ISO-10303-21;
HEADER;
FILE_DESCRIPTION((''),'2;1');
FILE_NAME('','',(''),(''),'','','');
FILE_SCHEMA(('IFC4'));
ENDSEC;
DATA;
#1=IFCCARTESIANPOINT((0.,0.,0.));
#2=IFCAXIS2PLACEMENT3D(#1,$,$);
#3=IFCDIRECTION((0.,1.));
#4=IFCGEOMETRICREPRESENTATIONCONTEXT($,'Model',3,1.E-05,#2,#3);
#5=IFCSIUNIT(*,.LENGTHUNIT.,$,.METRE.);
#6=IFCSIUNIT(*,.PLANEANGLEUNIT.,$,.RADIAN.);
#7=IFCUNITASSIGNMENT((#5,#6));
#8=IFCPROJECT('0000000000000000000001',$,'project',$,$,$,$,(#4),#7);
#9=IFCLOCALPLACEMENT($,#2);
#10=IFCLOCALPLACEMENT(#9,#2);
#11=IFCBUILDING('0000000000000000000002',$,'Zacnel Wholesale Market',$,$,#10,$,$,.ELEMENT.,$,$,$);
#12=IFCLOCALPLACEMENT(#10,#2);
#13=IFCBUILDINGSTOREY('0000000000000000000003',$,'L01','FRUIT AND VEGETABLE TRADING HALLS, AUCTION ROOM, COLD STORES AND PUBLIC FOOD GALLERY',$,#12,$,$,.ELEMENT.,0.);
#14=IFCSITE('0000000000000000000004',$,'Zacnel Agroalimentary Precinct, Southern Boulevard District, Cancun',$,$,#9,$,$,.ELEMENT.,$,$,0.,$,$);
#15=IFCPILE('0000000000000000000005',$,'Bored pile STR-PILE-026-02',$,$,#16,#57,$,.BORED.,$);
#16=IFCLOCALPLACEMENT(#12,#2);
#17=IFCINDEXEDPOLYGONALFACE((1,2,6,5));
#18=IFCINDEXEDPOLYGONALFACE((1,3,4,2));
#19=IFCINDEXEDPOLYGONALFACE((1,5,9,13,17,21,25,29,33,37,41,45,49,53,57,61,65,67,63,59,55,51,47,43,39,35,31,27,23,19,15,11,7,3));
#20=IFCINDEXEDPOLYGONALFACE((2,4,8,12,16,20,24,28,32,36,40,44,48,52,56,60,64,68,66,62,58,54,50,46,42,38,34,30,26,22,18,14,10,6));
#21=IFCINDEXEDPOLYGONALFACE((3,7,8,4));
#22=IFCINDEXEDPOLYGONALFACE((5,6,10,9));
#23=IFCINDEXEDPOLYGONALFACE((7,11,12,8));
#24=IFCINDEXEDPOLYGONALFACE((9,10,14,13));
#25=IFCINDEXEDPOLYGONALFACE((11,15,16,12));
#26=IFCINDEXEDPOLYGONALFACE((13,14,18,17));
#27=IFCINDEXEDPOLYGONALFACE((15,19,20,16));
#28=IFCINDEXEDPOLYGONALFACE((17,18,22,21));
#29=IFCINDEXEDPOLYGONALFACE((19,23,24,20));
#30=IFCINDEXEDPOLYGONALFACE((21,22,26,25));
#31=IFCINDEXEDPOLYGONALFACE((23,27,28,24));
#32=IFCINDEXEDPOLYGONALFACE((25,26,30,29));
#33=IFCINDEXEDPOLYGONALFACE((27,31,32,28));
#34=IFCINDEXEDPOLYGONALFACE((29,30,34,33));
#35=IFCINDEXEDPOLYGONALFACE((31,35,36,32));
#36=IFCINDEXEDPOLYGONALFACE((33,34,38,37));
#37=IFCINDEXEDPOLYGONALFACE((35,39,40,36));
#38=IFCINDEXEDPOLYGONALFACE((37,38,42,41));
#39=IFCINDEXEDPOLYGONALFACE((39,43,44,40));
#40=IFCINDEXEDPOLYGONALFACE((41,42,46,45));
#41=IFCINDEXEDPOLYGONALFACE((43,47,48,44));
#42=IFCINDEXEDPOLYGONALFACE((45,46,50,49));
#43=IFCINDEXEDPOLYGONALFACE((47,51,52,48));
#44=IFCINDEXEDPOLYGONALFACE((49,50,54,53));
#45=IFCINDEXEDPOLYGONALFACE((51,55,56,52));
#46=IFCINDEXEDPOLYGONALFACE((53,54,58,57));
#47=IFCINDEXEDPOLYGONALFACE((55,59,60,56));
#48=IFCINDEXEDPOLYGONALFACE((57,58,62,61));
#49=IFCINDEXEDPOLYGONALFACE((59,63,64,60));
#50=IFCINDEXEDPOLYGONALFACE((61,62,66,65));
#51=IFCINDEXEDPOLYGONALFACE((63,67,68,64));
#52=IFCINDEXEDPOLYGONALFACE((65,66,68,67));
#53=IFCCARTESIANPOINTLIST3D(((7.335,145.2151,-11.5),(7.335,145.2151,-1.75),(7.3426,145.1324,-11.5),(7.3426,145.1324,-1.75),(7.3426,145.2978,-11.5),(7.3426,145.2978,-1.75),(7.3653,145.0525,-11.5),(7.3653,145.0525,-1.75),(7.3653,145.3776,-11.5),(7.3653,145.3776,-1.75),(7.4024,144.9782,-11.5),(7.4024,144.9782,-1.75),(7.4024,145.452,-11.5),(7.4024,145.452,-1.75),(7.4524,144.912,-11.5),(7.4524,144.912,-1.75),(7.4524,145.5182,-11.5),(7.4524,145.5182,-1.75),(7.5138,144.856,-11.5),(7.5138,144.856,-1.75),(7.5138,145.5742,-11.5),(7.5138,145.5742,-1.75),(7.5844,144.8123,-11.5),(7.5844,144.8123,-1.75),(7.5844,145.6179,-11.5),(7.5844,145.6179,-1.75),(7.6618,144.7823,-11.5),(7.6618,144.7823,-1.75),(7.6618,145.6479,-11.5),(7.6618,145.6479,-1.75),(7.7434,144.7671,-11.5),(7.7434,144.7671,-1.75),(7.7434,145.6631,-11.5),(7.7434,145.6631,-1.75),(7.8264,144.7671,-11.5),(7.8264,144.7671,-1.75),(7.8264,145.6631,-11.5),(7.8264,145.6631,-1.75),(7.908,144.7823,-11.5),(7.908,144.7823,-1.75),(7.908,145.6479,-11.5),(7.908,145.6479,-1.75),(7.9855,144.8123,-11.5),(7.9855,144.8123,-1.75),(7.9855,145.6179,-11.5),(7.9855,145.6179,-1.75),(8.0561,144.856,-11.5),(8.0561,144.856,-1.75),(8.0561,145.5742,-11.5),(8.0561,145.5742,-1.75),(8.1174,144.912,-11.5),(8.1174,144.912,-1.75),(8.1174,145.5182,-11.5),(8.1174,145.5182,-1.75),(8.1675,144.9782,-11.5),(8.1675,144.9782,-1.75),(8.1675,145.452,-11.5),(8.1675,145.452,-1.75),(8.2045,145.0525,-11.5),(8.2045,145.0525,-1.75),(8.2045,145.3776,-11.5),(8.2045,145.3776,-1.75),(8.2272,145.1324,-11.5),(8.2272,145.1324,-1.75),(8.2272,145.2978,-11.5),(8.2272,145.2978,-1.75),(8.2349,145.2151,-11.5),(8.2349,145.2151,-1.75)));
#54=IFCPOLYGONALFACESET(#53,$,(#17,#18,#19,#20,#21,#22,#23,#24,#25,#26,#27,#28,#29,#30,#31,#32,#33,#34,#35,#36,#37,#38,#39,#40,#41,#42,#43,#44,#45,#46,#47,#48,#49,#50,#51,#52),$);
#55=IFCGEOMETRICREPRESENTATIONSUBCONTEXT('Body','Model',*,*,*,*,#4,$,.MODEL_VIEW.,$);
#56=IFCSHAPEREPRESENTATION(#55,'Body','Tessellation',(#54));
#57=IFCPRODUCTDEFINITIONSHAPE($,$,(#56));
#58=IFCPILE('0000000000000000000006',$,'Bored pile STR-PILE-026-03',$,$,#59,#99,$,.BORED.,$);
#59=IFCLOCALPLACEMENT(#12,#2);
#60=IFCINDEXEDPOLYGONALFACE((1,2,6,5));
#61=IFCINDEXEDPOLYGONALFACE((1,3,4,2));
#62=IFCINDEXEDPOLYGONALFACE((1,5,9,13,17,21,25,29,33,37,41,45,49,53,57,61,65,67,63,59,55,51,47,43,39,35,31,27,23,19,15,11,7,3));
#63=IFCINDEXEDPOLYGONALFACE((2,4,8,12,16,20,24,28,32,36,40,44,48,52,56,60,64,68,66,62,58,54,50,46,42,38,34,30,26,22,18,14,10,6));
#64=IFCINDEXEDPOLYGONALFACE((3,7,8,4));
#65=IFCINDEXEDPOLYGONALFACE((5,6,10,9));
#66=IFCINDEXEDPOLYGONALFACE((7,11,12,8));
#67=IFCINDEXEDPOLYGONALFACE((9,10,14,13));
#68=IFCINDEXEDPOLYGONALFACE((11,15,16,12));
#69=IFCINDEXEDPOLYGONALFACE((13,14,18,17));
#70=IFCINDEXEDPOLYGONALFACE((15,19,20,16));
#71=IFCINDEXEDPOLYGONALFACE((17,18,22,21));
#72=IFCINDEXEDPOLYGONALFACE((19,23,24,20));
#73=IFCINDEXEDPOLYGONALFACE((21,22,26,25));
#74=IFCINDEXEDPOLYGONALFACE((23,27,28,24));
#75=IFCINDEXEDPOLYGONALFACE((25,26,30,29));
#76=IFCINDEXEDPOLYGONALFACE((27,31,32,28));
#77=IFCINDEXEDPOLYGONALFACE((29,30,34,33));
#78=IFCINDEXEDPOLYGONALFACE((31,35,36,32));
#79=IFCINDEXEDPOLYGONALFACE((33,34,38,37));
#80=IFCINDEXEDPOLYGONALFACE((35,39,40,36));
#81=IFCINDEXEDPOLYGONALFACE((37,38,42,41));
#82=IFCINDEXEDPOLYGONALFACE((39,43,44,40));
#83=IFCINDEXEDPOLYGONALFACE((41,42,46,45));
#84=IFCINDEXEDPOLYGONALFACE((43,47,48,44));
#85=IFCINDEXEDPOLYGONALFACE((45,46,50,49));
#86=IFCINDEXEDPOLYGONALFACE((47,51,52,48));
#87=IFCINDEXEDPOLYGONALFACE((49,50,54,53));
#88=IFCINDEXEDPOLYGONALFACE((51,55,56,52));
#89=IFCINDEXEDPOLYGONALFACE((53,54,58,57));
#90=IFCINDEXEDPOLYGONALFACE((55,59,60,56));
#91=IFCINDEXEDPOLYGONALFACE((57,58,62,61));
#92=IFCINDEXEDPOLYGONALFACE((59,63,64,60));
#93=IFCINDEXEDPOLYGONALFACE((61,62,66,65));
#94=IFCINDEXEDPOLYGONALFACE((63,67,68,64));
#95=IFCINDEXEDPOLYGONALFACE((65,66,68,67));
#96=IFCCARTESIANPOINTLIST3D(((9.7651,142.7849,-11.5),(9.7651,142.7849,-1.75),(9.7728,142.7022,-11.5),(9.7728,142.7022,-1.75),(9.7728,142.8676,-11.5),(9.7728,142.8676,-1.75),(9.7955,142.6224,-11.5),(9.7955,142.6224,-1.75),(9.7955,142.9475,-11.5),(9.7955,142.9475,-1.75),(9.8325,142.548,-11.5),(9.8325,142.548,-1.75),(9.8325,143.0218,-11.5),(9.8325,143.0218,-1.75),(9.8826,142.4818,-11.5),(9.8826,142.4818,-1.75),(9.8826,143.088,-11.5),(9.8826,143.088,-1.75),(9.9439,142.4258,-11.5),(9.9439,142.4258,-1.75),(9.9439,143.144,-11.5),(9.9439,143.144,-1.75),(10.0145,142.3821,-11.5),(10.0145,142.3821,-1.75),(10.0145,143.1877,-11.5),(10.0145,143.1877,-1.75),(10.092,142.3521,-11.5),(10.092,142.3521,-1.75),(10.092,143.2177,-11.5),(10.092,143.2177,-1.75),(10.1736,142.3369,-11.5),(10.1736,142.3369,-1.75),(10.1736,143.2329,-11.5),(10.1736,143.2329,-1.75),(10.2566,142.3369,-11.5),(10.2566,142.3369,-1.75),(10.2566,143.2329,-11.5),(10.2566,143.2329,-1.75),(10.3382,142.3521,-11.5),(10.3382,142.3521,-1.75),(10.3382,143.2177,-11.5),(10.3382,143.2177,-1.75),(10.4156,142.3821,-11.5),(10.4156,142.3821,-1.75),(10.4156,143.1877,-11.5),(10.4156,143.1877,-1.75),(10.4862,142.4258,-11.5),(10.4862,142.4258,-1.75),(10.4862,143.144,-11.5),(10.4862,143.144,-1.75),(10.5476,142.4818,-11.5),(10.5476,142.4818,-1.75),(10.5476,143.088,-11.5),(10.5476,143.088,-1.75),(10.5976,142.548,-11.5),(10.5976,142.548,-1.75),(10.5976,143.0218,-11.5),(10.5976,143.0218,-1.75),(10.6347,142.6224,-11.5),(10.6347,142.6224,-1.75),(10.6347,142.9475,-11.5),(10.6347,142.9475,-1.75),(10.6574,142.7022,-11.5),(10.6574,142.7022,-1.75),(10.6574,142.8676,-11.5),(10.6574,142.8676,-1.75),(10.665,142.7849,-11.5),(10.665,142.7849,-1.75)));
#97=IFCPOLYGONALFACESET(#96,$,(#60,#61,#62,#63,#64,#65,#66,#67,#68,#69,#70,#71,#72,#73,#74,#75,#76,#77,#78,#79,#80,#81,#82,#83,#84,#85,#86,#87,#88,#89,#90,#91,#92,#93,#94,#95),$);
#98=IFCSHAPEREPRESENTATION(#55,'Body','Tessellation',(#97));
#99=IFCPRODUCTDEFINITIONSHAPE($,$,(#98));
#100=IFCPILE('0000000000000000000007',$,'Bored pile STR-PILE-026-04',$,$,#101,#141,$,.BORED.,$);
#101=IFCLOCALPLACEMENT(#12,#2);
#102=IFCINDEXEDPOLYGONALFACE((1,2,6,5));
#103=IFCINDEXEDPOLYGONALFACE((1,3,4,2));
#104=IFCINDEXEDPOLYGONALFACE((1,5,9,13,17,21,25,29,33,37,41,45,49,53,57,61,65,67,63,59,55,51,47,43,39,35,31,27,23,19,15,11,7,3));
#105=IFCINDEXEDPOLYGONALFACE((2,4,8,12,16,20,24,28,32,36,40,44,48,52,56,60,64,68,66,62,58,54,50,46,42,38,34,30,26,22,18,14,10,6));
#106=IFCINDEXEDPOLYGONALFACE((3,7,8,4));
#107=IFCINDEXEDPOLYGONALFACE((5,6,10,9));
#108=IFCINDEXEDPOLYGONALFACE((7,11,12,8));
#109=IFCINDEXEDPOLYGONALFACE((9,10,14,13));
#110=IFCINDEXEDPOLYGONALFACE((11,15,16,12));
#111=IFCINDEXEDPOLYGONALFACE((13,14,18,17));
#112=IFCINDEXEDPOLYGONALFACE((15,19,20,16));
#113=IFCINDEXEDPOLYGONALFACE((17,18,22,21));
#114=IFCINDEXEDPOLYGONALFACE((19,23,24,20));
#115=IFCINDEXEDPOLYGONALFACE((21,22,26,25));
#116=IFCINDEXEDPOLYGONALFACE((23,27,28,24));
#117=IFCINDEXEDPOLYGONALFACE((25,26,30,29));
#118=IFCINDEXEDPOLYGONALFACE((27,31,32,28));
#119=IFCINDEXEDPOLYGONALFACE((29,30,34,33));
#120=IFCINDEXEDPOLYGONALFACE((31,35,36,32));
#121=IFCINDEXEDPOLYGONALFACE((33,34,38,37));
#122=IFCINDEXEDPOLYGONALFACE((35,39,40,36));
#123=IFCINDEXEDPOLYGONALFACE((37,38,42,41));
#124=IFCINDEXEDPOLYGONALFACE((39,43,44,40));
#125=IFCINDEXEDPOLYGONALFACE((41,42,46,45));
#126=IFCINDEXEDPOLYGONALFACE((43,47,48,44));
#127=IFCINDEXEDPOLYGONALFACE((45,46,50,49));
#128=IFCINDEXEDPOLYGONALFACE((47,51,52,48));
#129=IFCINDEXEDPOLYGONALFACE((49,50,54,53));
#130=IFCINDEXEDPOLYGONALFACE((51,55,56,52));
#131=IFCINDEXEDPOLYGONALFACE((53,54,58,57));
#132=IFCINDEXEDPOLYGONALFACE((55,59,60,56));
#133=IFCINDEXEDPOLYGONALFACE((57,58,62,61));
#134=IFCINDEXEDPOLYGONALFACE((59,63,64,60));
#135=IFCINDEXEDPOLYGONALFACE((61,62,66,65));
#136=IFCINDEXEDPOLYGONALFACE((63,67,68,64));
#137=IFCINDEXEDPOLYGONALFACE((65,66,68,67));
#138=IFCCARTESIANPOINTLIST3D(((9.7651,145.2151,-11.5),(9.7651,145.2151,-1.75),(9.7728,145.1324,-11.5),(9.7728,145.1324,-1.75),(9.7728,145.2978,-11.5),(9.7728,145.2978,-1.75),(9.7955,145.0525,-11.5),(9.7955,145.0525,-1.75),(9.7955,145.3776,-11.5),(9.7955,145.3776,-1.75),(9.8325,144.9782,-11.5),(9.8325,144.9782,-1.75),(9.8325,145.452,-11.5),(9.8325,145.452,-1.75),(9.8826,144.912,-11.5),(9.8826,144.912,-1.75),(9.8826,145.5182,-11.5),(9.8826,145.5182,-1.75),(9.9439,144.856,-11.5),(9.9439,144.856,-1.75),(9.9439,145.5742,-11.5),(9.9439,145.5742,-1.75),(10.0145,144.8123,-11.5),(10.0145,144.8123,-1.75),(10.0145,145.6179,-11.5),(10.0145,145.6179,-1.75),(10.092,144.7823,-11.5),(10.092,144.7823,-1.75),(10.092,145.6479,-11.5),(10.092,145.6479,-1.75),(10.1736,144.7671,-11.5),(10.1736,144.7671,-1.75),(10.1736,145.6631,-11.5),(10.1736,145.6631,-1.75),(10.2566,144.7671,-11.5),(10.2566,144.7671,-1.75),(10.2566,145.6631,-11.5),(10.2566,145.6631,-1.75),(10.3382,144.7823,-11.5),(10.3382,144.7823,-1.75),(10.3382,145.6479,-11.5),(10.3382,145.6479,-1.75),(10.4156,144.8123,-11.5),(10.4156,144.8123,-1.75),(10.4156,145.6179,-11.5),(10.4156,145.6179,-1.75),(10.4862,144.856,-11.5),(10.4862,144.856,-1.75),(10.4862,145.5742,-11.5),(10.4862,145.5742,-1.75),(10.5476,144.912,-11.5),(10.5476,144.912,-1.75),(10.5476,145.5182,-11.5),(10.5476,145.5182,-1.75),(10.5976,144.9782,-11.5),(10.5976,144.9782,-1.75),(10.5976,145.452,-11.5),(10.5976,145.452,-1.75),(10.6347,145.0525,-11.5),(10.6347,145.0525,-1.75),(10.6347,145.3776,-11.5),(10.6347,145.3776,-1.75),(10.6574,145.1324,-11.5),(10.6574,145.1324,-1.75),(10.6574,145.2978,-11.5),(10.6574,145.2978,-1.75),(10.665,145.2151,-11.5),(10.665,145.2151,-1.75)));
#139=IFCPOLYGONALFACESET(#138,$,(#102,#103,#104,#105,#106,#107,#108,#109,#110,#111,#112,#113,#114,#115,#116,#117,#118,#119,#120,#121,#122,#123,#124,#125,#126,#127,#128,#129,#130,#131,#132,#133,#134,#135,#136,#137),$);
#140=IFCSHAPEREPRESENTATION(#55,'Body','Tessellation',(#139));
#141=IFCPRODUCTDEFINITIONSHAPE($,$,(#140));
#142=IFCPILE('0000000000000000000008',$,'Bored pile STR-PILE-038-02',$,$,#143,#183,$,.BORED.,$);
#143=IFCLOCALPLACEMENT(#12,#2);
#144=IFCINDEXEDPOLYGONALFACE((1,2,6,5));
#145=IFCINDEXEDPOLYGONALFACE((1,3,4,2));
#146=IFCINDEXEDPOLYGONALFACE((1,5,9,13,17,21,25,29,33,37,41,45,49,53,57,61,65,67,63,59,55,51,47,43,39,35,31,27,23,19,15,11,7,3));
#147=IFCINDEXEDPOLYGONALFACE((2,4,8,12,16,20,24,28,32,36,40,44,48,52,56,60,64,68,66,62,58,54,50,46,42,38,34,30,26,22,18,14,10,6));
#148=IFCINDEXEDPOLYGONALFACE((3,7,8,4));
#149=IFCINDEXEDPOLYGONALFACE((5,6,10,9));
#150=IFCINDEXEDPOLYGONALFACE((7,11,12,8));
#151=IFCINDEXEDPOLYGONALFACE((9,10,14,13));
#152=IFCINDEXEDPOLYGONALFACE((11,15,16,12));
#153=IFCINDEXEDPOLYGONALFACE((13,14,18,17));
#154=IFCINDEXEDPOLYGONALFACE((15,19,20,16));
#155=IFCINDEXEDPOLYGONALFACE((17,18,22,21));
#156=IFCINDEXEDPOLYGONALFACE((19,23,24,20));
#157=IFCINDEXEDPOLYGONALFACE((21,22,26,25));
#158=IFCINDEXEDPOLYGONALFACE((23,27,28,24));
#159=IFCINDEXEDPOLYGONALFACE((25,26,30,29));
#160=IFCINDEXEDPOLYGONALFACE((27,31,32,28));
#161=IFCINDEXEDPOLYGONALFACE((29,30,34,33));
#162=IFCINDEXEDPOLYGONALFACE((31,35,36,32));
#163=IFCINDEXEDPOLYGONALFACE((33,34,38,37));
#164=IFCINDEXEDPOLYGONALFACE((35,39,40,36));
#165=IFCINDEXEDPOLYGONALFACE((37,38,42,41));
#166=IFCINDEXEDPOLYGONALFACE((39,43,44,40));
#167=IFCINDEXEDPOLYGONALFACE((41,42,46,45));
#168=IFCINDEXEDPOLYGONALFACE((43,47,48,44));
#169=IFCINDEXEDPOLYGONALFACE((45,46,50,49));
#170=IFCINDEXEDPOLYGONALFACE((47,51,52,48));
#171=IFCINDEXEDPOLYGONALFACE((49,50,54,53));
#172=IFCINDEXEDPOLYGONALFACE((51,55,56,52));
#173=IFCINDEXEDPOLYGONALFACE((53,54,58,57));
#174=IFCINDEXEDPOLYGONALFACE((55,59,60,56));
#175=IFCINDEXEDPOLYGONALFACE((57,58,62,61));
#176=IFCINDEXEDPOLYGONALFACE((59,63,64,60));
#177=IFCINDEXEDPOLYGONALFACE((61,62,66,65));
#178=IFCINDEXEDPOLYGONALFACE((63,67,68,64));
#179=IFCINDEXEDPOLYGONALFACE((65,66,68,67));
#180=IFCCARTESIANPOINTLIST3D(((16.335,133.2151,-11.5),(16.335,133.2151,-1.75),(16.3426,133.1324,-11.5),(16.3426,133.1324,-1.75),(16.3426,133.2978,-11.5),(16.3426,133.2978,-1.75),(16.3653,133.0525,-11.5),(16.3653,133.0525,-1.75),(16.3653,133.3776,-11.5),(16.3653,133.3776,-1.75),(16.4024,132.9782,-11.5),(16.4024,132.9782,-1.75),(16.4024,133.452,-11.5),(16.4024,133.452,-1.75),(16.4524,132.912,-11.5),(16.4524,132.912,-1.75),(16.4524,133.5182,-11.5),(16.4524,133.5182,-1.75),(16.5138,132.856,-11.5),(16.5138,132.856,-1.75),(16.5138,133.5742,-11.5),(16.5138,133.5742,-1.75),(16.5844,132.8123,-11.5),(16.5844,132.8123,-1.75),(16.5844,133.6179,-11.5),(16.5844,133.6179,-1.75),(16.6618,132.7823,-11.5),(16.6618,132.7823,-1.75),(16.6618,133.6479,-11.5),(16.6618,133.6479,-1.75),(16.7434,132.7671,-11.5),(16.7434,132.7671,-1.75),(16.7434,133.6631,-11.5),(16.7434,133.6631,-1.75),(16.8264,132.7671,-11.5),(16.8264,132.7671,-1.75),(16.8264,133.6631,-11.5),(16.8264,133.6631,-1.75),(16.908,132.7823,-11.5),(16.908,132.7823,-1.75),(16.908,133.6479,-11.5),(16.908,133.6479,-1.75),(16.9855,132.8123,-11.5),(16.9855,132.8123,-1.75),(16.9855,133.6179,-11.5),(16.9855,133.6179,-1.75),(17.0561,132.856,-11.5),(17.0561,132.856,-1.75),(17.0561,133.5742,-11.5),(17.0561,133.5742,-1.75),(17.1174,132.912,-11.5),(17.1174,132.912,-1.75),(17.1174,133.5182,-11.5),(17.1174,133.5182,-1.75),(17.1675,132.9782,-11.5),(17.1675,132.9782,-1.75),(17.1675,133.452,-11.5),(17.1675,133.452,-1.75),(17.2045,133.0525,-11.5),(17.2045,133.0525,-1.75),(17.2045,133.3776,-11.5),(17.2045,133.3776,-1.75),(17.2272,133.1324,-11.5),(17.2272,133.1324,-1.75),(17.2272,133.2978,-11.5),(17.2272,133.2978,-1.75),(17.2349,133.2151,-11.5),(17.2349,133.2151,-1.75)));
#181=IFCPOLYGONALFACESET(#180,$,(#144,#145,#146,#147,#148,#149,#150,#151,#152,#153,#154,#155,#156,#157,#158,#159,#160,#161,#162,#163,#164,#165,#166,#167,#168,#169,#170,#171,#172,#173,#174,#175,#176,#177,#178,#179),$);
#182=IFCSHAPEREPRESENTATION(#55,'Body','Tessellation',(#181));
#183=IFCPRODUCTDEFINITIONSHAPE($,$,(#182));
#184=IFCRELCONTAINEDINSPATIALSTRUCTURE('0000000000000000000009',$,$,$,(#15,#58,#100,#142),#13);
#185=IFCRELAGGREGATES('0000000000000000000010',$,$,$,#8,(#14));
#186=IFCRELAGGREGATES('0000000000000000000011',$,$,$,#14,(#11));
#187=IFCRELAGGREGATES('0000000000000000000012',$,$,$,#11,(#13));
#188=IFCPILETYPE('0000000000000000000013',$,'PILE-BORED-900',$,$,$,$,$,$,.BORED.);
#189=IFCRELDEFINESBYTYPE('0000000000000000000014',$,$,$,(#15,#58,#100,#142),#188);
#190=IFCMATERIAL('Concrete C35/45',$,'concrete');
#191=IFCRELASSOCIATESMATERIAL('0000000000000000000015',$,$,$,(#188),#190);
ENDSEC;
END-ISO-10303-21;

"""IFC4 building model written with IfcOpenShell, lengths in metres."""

from ifc_helpers import new_model, si_unit, direction, frame, origin, origin_2d, place, context, subcontext, project, spatial, circle, extrude, material, material_profile, profile_set, type_object, element, save


model = new_model("IFC4")

# Units and contexts
model_context = context("Model", 3, precision=1e-05, world=origin(), true_north=direction((0.0, 1.0)))
body_context = subcontext(model_context, "Body", "Model", "MODEL_VIEW")
ifc_project = project(units=[si_unit("LENGTHUNIT", "METRE"), si_unit("PLANEANGLEUNIT", "RADIAN")], contexts=[model_context])

# Site, building, storey
site_placement = place(None, origin())
site = spatial("IfcSite", under=ifc_project, at=site_placement, Name="Zacnel Agroalimentary Precinct, Southern Boulevard District, Cancun", CompositionType="ELEMENT", RefElevation=0.0)
building_placement = place(site_placement, origin())
building = spatial("IfcBuilding", under=site, at=building_placement, Name="Zacnel Wholesale Market", CompositionType="ELEMENT")
storey_placement = place(building_placement, origin())
storey = spatial("IfcBuildingStorey", under=building, at=storey_placement, Name="L01", Description="FRUIT AND VEGETABLE TRADING HALLS, AUCTION ROOM, COLD STORES AND PUBLIC FOOD GALLERY", CompositionType="ELEMENT", Elevation=0.0)

# Piles
ifc_material_1 = material(Name="Concrete C35/45", Category="concrete")
ifc_material_profile_1 = material_profile(ifc_material_1, circle(Radius=0.45, at=origin_2d()), Name="BORED PILE D900")
ifc_profile_set_1 = profile_set([ifc_material_profile_1], Name="Concrete C35/45")
pile_type = type_object("IfcPileType", Name="PILE-BORED-900", PredefinedType="BORED", material=ifc_profile_set_1)
for number, where, z_axis, x_axis, name in (
    (1, (7.7849, 145.2151, -1.75), (0.0, 0.0, -1.0), (1.0, 0.0, 0.0), "Bored pile STR-PILE-026-02"),
    (2, (10.2151, 142.7849, -1.75), (0.0, 0.0, -1.0), (1.0, 0.0, 0.0), "Bored pile STR-PILE-026-03"),
    (3, (10.2151, 145.2151, -1.75), (0.0, 0.0, -1.0), (1.0, 0.0, 0.0), "Bored pile STR-PILE-026-04"),
    (4, (16.7849, 133.2151, -1.75), (0.0, 0.0, -1.0), (1.0, 0.0, 0.0), "Bored pile STR-PILE-038-02"),
):
    element("IfcPile", number, at=place(storey_placement, frame(where, z_axis=z_axis, x_axis=x_axis)), inside=storey, type_object=pile_type, Name=name, PredefinedType="BORED", context=body_context, shape_type="SweptSolid", body=[
        extrude(circle(Radius=0.45, at=origin_2d()), origin(), (0.0, 0.0, 1.0), 9.75),
    ])

save(model, "model.ifc")
